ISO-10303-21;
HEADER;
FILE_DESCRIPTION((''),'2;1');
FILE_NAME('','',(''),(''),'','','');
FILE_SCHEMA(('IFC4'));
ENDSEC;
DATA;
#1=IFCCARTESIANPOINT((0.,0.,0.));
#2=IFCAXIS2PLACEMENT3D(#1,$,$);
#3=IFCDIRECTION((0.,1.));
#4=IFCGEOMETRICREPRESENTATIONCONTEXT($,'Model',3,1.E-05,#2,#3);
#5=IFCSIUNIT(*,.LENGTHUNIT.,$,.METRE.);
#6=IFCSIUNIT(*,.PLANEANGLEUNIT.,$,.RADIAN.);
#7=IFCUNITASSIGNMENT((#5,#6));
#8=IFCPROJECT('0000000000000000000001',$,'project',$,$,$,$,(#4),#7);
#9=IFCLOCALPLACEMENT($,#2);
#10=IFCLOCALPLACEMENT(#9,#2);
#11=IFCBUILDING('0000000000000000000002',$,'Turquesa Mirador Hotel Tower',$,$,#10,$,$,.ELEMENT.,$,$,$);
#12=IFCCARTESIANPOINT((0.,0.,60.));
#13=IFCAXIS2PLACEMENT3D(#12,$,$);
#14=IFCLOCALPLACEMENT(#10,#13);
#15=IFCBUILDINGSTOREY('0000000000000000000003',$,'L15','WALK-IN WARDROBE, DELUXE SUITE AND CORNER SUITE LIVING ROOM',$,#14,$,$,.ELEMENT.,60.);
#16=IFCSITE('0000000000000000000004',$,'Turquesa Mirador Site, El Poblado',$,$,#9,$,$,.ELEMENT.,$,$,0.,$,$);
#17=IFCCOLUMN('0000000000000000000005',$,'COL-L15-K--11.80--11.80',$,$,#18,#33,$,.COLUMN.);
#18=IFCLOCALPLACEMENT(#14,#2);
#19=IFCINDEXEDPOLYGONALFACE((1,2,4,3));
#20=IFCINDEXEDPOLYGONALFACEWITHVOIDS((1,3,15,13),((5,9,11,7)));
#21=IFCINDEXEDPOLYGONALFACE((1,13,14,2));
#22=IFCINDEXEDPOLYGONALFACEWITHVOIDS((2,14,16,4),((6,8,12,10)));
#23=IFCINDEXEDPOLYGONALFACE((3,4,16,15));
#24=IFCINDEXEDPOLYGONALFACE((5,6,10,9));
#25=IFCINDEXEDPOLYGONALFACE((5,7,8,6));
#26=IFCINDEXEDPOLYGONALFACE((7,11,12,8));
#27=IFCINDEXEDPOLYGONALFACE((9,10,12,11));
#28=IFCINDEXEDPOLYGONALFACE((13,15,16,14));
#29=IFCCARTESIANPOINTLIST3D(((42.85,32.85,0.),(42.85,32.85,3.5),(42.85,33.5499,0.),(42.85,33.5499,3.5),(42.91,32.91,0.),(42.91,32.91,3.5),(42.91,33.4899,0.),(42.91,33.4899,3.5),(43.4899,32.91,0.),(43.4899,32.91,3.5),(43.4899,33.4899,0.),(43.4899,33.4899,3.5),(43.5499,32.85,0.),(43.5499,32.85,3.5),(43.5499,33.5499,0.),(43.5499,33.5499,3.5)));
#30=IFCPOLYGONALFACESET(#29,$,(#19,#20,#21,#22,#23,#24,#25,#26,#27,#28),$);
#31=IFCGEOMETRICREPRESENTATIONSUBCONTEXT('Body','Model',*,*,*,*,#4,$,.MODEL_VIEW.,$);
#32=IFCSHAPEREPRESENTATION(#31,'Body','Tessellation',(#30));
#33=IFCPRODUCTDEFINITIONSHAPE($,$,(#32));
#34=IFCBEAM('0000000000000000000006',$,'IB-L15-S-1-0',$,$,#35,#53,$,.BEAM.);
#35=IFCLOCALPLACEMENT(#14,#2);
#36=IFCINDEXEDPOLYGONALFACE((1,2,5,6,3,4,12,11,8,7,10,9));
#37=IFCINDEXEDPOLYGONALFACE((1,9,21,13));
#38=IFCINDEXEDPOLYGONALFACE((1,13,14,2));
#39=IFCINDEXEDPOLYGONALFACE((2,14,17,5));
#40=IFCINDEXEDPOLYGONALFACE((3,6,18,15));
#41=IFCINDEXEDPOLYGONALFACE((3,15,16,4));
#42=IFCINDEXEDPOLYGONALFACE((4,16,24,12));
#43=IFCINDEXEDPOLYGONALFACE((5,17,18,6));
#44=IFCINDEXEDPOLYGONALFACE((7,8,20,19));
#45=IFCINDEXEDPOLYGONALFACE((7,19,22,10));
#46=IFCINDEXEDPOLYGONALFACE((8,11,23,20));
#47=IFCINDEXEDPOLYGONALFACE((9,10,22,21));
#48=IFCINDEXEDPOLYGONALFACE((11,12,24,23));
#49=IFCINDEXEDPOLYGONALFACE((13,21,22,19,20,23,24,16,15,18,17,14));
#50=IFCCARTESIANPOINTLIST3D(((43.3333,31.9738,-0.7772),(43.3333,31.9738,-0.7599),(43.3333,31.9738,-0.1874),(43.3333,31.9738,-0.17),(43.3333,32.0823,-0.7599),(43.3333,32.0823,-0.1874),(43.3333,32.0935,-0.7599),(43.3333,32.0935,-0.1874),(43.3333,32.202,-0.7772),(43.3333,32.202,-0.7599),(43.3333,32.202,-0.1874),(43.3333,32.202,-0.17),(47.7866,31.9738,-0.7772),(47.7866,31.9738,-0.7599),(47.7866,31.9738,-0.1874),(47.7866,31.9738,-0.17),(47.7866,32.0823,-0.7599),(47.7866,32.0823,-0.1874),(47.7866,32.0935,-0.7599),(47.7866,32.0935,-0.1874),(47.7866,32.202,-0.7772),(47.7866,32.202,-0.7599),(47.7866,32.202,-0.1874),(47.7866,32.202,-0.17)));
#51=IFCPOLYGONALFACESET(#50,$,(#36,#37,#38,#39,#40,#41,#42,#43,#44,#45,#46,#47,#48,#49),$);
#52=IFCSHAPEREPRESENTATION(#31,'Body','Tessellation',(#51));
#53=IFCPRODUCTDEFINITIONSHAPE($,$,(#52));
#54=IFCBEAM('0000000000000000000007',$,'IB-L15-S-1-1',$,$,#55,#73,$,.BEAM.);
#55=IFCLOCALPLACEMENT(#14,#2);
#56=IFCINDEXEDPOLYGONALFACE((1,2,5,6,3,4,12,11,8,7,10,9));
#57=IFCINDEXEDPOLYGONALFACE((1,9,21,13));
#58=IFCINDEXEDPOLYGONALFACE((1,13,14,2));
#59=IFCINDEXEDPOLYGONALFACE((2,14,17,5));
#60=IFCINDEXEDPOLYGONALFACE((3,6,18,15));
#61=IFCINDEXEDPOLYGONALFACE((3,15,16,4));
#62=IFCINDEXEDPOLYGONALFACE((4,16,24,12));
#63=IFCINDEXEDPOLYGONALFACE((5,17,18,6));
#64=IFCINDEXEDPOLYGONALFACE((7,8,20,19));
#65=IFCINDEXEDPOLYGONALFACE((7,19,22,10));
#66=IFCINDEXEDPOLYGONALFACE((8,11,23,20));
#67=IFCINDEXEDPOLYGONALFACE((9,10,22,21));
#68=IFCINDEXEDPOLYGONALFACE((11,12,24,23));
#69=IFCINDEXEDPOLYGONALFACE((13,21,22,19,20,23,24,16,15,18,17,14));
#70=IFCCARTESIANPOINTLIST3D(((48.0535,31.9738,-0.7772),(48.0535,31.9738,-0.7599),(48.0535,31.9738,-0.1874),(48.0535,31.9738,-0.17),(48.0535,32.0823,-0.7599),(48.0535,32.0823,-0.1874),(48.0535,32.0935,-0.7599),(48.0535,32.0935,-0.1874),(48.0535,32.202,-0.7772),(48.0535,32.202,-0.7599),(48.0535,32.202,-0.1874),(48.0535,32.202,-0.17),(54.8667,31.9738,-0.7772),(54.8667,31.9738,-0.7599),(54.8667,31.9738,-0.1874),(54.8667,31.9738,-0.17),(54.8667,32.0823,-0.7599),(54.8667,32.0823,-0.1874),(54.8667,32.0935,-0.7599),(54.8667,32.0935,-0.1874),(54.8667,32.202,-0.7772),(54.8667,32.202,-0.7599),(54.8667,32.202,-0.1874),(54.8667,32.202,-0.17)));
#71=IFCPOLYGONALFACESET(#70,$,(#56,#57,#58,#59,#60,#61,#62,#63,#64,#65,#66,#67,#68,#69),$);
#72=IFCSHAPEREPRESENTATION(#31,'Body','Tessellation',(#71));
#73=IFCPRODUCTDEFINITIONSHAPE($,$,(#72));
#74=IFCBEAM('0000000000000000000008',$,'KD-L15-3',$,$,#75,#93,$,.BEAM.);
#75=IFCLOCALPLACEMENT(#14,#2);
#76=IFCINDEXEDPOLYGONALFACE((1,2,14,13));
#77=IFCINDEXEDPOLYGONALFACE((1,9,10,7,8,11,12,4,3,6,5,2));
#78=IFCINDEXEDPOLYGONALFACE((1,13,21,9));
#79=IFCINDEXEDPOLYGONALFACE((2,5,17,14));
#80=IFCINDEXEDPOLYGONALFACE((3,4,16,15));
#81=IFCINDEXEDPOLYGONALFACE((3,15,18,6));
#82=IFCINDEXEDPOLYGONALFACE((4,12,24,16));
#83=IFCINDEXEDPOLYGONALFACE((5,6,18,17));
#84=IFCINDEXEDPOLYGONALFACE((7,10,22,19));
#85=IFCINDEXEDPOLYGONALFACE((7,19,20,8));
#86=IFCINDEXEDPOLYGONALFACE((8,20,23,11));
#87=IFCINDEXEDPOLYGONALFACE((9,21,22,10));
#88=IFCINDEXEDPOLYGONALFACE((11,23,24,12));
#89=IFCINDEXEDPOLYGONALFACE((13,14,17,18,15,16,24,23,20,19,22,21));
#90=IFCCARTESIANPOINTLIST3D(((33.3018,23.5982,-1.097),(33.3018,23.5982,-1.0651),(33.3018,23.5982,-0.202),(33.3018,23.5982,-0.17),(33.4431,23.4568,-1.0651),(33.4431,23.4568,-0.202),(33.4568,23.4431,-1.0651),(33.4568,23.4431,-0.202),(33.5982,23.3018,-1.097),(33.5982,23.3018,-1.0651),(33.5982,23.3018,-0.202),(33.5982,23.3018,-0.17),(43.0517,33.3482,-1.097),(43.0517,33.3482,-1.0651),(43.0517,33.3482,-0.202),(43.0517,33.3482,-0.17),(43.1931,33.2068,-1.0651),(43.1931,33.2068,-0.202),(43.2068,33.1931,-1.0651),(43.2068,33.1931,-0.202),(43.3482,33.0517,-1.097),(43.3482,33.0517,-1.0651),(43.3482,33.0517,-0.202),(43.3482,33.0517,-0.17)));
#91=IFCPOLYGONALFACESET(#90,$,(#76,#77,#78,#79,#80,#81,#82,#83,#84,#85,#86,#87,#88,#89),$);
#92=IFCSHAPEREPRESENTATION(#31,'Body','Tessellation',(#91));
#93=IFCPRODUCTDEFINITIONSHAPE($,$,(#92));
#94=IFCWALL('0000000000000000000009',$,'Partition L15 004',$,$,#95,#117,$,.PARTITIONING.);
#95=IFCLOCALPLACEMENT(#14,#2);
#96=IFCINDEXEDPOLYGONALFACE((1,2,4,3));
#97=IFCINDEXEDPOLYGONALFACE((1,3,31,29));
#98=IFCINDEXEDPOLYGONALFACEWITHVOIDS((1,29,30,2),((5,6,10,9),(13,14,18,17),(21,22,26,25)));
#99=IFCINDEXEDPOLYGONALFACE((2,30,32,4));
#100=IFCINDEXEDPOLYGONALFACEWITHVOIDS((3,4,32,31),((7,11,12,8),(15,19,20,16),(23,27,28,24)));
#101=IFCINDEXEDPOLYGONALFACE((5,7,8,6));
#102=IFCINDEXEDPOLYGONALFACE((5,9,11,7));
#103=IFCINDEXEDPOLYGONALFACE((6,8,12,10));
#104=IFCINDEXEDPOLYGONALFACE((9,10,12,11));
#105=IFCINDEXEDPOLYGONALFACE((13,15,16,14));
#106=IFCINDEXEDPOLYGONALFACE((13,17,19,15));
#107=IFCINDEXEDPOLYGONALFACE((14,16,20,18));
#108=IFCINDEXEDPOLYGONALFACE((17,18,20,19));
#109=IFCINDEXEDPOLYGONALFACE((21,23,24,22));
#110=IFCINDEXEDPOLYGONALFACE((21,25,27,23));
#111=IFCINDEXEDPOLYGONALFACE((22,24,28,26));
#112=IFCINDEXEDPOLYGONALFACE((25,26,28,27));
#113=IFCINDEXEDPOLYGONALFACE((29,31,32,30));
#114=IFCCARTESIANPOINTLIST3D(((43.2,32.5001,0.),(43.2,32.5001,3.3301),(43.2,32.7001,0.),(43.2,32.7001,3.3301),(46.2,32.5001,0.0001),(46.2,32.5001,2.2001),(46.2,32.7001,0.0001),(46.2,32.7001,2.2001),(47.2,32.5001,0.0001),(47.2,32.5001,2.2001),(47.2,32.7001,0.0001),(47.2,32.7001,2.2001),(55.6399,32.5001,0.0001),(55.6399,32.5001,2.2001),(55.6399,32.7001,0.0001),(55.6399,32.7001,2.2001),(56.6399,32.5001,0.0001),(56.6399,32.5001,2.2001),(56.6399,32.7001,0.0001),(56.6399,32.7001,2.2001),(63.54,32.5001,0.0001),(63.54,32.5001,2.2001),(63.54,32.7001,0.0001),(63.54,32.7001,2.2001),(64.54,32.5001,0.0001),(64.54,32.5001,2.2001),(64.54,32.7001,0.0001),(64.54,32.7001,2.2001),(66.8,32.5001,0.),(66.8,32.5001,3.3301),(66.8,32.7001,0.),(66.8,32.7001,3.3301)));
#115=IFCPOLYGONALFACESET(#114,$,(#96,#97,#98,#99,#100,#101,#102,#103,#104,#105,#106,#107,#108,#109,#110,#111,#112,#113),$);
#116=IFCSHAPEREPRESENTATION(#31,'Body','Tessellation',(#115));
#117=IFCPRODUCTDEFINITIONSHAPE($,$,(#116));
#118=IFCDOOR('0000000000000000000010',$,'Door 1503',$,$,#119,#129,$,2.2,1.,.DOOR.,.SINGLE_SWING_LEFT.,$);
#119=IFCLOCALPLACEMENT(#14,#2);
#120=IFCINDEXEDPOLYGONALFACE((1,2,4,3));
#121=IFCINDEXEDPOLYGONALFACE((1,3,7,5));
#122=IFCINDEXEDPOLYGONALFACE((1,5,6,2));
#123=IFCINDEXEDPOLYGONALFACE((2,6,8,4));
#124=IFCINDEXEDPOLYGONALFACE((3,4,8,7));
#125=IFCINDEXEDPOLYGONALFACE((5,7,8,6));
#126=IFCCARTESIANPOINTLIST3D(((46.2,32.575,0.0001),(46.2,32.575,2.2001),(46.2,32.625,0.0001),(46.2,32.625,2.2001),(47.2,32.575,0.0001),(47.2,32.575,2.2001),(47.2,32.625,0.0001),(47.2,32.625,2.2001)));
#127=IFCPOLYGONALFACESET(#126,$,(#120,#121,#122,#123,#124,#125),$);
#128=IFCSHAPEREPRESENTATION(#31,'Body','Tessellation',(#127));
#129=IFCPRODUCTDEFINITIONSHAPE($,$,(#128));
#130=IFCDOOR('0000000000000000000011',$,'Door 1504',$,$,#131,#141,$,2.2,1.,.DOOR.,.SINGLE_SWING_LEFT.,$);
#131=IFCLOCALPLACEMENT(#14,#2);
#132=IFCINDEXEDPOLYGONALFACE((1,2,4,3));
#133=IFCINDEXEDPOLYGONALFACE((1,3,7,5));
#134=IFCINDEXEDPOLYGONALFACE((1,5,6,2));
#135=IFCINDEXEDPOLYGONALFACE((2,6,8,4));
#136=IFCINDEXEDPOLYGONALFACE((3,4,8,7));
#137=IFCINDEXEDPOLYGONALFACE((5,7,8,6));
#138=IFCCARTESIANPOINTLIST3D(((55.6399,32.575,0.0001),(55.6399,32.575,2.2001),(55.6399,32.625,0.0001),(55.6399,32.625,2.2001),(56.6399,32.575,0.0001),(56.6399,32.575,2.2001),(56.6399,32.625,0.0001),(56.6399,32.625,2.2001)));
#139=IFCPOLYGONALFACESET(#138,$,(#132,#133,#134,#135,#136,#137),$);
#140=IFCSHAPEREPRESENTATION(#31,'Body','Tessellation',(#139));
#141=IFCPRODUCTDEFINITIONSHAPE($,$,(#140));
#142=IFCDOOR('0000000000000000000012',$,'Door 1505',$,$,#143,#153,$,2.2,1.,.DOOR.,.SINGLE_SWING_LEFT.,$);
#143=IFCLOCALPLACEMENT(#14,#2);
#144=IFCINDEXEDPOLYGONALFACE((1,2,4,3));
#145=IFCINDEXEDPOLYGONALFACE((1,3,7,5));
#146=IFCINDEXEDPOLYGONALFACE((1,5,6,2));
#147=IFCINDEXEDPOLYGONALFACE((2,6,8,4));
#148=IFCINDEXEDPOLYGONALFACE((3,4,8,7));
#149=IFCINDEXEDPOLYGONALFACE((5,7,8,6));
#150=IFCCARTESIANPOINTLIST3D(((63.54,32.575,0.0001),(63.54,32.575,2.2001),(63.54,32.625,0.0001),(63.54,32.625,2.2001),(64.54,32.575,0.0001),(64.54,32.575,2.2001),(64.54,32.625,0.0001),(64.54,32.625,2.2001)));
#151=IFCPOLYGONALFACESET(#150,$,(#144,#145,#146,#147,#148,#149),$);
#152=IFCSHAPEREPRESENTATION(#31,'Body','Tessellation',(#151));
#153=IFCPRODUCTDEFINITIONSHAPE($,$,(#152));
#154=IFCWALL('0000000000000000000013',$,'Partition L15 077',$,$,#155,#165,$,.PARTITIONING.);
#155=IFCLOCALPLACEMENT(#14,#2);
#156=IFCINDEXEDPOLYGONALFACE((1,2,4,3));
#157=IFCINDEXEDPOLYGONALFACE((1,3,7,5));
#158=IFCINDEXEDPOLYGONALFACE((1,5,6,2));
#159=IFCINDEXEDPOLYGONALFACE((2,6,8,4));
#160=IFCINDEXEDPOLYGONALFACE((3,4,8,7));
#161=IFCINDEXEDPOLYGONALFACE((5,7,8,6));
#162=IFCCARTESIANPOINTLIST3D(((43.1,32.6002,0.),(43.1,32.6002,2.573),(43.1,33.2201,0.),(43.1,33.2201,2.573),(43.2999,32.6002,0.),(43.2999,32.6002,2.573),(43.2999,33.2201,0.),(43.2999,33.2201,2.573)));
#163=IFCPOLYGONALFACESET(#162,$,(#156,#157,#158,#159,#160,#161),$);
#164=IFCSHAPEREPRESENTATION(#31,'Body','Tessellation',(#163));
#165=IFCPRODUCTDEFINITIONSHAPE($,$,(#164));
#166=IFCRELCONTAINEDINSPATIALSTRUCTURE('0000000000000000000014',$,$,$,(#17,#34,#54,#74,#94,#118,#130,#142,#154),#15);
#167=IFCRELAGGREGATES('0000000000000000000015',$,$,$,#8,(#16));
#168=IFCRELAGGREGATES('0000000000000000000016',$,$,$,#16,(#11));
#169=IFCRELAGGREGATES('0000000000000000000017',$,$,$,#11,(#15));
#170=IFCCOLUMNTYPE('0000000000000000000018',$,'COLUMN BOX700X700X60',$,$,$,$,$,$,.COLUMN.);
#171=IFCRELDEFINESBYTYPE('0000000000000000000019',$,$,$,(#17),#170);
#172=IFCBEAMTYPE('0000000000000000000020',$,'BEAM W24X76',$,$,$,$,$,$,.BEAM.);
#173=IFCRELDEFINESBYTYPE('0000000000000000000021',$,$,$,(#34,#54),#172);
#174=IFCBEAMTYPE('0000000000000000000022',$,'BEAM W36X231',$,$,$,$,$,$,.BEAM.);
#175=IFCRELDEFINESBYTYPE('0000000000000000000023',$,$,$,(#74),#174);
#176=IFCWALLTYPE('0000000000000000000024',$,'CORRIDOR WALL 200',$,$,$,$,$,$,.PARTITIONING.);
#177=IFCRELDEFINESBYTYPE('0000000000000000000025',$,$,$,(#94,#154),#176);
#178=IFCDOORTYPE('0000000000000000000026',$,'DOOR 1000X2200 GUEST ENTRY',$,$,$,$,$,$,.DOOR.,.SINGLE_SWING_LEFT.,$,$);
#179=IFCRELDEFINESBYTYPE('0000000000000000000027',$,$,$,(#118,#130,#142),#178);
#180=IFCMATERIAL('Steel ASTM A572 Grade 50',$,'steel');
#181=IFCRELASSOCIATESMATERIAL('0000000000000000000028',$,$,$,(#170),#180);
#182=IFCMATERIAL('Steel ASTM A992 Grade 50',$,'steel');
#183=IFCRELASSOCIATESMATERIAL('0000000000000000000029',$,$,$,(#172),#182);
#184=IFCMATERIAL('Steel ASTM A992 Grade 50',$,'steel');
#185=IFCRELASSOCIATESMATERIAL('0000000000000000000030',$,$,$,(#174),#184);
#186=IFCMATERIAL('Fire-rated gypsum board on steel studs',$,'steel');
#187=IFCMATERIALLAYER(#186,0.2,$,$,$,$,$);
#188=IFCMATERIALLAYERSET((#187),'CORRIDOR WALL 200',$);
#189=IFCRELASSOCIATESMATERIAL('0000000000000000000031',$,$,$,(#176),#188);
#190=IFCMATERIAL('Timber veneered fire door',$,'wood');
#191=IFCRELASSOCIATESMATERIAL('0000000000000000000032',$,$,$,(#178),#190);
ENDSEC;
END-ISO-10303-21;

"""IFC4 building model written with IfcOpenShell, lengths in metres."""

from ifc_helpers import new_model, si_unit, direction, frame, frame_2d, origin, origin_2d, place, context, subcontext, project, spatial, rectangle, hollow_rectangle, i_section, extrude, material, layer, layer_set, material_profile, profile_set, type_object, element, fill, save


model = new_model("IFC4")

# Units and contexts
model_context = context("Model", 3, precision=1e-05, world=origin(), true_north=direction((0.0, 1.0)))
body_context = subcontext(model_context, "Body", "Model", "MODEL_VIEW")
ifc_project = project(units=[si_unit("LENGTHUNIT", "METRE"), si_unit("PLANEANGLEUNIT", "RADIAN")], contexts=[model_context])

# Site, building, storey
site_placement = place(None, origin())
site = spatial("IfcSite", under=ifc_project, at=site_placement, Name="Turquesa Mirador Site, El Poblado", CompositionType="ELEMENT", RefElevation=0.0)
building_placement = place(site_placement, origin())
building = spatial("IfcBuilding", under=site, at=building_placement, Name="Turquesa Mirador Hotel Tower", CompositionType="ELEMENT")
storey_placement = place(building_placement, frame((0.0, 0.0, 60.0)))
storey = spatial("IfcBuildingStorey", under=building, at=storey_placement, Name="L15", Description="WALK-IN WARDROBE, DELUXE SUITE AND CORNER SUITE LIVING ROOM", CompositionType="ELEMENT", Elevation=60.0)

# Column
ifc_material_1 = material(Name="Steel ASTM A572 Grade 50", Category="steel")
ifc_material_profile_1 = material_profile(ifc_material_1, hollow_rectangle(XDim=0.7, YDim=0.7, WallThickness=0.0601, at=origin_2d()), Name="BOX700X700X60")
ifc_profile_set_1 = profile_set([ifc_material_profile_1], Name="Steel ASTM A572 Grade 50")
column_type = type_object("IfcColumnType", Name="COLUMN BOX700X700X60", PredefinedType="COLUMN", material=ifc_profile_set_1)
column_placement = place(storey_placement, frame((43.2, 33.2, 0.0), z_axis=(0.0, 0.0, 1.0), x_axis=(1.0, 0.0, 0.0)))
element("IfcColumn", 1, at=column_placement, inside=storey, type_object=column_type, Name="COL-L15-K--11.80--11.80", PredefinedType="COLUMN", context=body_context, shape_type="SweptSolid", body=[
    extrude(hollow_rectangle(XDim=0.7, YDim=0.7, WallThickness=0.0601, at=origin_2d()), origin(), (0.0, 0.0, 1.0), 3.5),
])

# Beams
ifc_material_2 = material(Name="Steel ASTM A992 Grade 50", Category="steel")
ifc_material_profile_2 = material_profile(ifc_material_2, i_section(OverallWidth=0.2283, OverallDepth=0.6072, WebThickness=0.0112, FlangeThickness=0.0173, at=origin_2d()), Name="W24X76")
ifc_profile_set_2 = profile_set([ifc_material_profile_2], Name="Steel ASTM A992 Grade 50")
beam_type_1 = type_object("IfcBeamType", Name="BEAM W24X76", PredefinedType="BEAM", material=ifc_profile_set_2)
beam_1_placement = place(storey_placement, frame((43.3333, 32.0879, -0.4736), z_axis=(1.0, 0.0, 0.0), x_axis=(0.0, 1.0, 0.0)))
element("IfcBeam", 2, at=beam_1_placement, inside=storey, type_object=beam_type_1, Name="IB-L15-S-1-0", PredefinedType="BEAM", context=body_context, shape_type="SweptSolid", body=[
    extrude(i_section(OverallWidth=0.2283, OverallDepth=0.6072, WebThickness=0.0112, FlangeThickness=0.0173, at=origin_2d()), origin(), (0.0, 0.0, 1.0), 4.4534),
])
beam_2_placement = place(storey_placement, frame((48.0535, 32.0879, -0.4736), z_axis=(1.0, 0.0, 0.0), x_axis=(0.0, 1.0, 0.0)))
element("IfcBeam", 3, at=beam_2_placement, inside=storey, type_object=beam_type_1, Name="IB-L15-S-1-1", PredefinedType="BEAM", context=body_context, shape_type="SweptSolid", body=[
    extrude(i_section(OverallWidth=0.2283, OverallDepth=0.6072, WebThickness=0.0112, FlangeThickness=0.0173, at=origin_2d()), origin(), (0.0, 0.0, 1.0), 6.8132),
])
ifc_material_3 = material(Name="Steel ASTM A992 Grade 50", Category="steel")
ifc_material_profile_3 = material_profile(ifc_material_3, i_section(OverallWidth=0.4192, OverallDepth=0.927, WebThickness=0.0193, FlangeThickness=0.032, at=origin_2d()), Name="W36X231")
ifc_profile_set_3 = profile_set([ifc_material_profile_3], Name="Steel ASTM A992 Grade 50")
beam_type_2 = type_object("IfcBeamType", Name="BEAM W36X231", PredefinedType="BEAM", material=ifc_profile_set_3)
beam_3_placement = place(storey_placement, frame((43.2, 33.2, -0.6335), z_axis=(-0.707107, -0.707107, 0.0), x_axis=(0.707107, -0.707107, 0.0)))
element("IfcBeam", 4, at=beam_3_placement, inside=storey, type_object=beam_type_2, Name="KD-L15-3", PredefinedType="BEAM", context=body_context, shape_type="SweptSolid", body=[
    extrude(i_section(OverallWidth=0.4192, OverallDepth=0.927, WebThickness=0.0193, FlangeThickness=0.032, at=origin_2d()), origin(), (0.0, 0.0, 1.0), 13.7886),
])

# Wall, openings, doors
ifc_material_4 = material(Name="Fire-rated gypsum board on steel studs", Category="steel")
ifc_layer_1 = layer(ifc_material_4, 0.2)
ifc_layer_set_1 = layer_set([ifc_layer_1], Name="CORRIDOR WALL 200")
wall_type_1 = type_object("IfcWallType", Name="CORRIDOR WALL 200", PredefinedType="PARTITIONING", material=ifc_layer_set_1)
wall_1_placement = place(storey_placement, frame((43.2, 32.6001, 0.0), z_axis=(0.0, 0.0, 1.0), x_axis=(1.0, 0.0, 0.0)))
wall_1 = element("IfcWall", 5, at=wall_1_placement, inside=storey, type_object=wall_type_1, Name="Partition L15 004", PredefinedType="PARTITIONING", context=body_context, shape_type="SweptSolid", body=[
    extrude(rectangle(XDim=23.6001, YDim=0.2, at=frame_2d((11.8, 0.0))), origin(), (0.0, 0.0, 1.0), 3.3301),
])
opening_1_placement = place(wall_1_placement, frame((3.0, 0.0, 0.0)))
opening_1 = element("IfcOpeningElement", 6, at=opening_1_placement, cuts=wall_1, PredefinedType="OPENING", context=body_context, shape_type="SweptSolid", body=[
    extrude(rectangle(XDim=1.0, YDim=2.2, at=frame_2d((0.5, 1.1001))), frame((0.0, 0.1099, 0.0), z_axis=(0.0, -1.0, 0.0), x_axis=(1.0, 0.0, 0.0)), (0.0, 0.0, 1.0), 0.22),
])
opening_2_placement = place(wall_1_placement, frame((12.4399, 0.0, 0.0)))
opening_2 = element("IfcOpeningElement", 7, at=opening_2_placement, cuts=wall_1, PredefinedType="OPENING", context=body_context, shape_type="SweptSolid", body=[
    extrude(rectangle(XDim=1.0, YDim=2.2, at=frame_2d((0.5, 1.1001))), frame((0.0, 0.1099, 0.0), z_axis=(0.0, -1.0, 0.0), x_axis=(1.0, 0.0, 0.0)), (0.0, 0.0, 1.0), 0.22),
])
opening_3_placement = place(wall_1_placement, frame((20.3401, 0.0, 0.0)))
opening_3 = element("IfcOpeningElement", 8, at=opening_3_placement, cuts=wall_1, PredefinedType="OPENING", context=body_context, shape_type="SweptSolid", body=[
    extrude(rectangle(XDim=1.0, YDim=2.2, at=frame_2d((0.5, 1.1001))), frame((0.0, 0.1099, 0.0), z_axis=(0.0, -1.0, 0.0), x_axis=(1.0, 0.0, 0.0)), (0.0, 0.0, 1.0), 0.22),
])
ifc_material_5 = material(Name="Timber veneered fire door", Category="wood")
door_type_1 = type_object("IfcDoorType", Name="DOOR 1000X2200 GUEST ENTRY", OperationType="SINGLE_SWING_LEFT", PredefinedType="DOOR", material=ifc_material_5)
door_1_placement = place(opening_1_placement, origin())
door_1 = element("IfcDoor", 9, at=door_1_placement, inside=storey, type_object=door_type_1, Name="Door 1503", OperationType="SINGLE_SWING_LEFT", OverallHeight=2.2, OverallWidth=1.0, PredefinedType="DOOR", context=body_context, shape_type="SweptSolid", body=[
    extrude(rectangle(XDim=1.0, YDim=2.2, at=frame_2d((0.5, 1.1001))), frame((0.0, 0.0249, 0.0), z_axis=(0.0, -1.0, 0.0), x_axis=(1.0, 0.0, 0.0)), (0.0, 0.0, 1.0), 0.05),
])
fill(opening_1, door_1)
door_2_placement = place(opening_2_placement, origin())
door_2 = element("IfcDoor", 10, at=door_2_placement, inside=storey, type_object=door_type_1, Name="Door 1504", OperationType="SINGLE_SWING_LEFT", OverallHeight=2.2, OverallWidth=1.0, PredefinedType="DOOR", context=body_context, shape_type="SweptSolid", body=[
    extrude(rectangle(XDim=1.0, YDim=2.2, at=frame_2d((0.5, 1.1001))), frame((0.0, 0.0249, 0.0), z_axis=(0.0, -1.0, 0.0), x_axis=(1.0, 0.0, 0.0)), (0.0, 0.0, 1.0), 0.05),
])
fill(opening_2, door_2)
door_3_placement = place(opening_3_placement, origin())
door_3 = element("IfcDoor", 11, at=door_3_placement, inside=storey, type_object=door_type_1, Name="Door 1505", OperationType="SINGLE_SWING_LEFT", OverallHeight=2.2, OverallWidth=1.0, PredefinedType="DOOR", context=body_context, shape_type="SweptSolid", body=[
    extrude(rectangle(XDim=1.0, YDim=2.2, at=frame_2d((0.5, 1.1001))), frame((0.0, 0.0249, 0.0), z_axis=(0.0, -1.0, 0.0), x_axis=(1.0, 0.0, 0.0)), (0.0, 0.0, 1.0), 0.05),
])
fill(opening_3, door_3)

# Wall
wall_2_placement = place(storey_placement, frame((43.2, 32.6001, 0.0), z_axis=(0.0, 0.0, 1.0), x_axis=(0.0, 1.0, 0.0)))
element("IfcWall", 12, at=wall_2_placement, inside=storey, type_object=wall_type_1, Name="Partition L15 077", PredefinedType="PARTITIONING", context=body_context, shape_type="SweptSolid", body=[
    extrude(rectangle(XDim=0.6199, YDim=0.2, at=frame_2d((0.3101, 0.0))), origin(), (0.0, 0.0, 1.0), 2.573),
])

save(model, "model.ifc")
